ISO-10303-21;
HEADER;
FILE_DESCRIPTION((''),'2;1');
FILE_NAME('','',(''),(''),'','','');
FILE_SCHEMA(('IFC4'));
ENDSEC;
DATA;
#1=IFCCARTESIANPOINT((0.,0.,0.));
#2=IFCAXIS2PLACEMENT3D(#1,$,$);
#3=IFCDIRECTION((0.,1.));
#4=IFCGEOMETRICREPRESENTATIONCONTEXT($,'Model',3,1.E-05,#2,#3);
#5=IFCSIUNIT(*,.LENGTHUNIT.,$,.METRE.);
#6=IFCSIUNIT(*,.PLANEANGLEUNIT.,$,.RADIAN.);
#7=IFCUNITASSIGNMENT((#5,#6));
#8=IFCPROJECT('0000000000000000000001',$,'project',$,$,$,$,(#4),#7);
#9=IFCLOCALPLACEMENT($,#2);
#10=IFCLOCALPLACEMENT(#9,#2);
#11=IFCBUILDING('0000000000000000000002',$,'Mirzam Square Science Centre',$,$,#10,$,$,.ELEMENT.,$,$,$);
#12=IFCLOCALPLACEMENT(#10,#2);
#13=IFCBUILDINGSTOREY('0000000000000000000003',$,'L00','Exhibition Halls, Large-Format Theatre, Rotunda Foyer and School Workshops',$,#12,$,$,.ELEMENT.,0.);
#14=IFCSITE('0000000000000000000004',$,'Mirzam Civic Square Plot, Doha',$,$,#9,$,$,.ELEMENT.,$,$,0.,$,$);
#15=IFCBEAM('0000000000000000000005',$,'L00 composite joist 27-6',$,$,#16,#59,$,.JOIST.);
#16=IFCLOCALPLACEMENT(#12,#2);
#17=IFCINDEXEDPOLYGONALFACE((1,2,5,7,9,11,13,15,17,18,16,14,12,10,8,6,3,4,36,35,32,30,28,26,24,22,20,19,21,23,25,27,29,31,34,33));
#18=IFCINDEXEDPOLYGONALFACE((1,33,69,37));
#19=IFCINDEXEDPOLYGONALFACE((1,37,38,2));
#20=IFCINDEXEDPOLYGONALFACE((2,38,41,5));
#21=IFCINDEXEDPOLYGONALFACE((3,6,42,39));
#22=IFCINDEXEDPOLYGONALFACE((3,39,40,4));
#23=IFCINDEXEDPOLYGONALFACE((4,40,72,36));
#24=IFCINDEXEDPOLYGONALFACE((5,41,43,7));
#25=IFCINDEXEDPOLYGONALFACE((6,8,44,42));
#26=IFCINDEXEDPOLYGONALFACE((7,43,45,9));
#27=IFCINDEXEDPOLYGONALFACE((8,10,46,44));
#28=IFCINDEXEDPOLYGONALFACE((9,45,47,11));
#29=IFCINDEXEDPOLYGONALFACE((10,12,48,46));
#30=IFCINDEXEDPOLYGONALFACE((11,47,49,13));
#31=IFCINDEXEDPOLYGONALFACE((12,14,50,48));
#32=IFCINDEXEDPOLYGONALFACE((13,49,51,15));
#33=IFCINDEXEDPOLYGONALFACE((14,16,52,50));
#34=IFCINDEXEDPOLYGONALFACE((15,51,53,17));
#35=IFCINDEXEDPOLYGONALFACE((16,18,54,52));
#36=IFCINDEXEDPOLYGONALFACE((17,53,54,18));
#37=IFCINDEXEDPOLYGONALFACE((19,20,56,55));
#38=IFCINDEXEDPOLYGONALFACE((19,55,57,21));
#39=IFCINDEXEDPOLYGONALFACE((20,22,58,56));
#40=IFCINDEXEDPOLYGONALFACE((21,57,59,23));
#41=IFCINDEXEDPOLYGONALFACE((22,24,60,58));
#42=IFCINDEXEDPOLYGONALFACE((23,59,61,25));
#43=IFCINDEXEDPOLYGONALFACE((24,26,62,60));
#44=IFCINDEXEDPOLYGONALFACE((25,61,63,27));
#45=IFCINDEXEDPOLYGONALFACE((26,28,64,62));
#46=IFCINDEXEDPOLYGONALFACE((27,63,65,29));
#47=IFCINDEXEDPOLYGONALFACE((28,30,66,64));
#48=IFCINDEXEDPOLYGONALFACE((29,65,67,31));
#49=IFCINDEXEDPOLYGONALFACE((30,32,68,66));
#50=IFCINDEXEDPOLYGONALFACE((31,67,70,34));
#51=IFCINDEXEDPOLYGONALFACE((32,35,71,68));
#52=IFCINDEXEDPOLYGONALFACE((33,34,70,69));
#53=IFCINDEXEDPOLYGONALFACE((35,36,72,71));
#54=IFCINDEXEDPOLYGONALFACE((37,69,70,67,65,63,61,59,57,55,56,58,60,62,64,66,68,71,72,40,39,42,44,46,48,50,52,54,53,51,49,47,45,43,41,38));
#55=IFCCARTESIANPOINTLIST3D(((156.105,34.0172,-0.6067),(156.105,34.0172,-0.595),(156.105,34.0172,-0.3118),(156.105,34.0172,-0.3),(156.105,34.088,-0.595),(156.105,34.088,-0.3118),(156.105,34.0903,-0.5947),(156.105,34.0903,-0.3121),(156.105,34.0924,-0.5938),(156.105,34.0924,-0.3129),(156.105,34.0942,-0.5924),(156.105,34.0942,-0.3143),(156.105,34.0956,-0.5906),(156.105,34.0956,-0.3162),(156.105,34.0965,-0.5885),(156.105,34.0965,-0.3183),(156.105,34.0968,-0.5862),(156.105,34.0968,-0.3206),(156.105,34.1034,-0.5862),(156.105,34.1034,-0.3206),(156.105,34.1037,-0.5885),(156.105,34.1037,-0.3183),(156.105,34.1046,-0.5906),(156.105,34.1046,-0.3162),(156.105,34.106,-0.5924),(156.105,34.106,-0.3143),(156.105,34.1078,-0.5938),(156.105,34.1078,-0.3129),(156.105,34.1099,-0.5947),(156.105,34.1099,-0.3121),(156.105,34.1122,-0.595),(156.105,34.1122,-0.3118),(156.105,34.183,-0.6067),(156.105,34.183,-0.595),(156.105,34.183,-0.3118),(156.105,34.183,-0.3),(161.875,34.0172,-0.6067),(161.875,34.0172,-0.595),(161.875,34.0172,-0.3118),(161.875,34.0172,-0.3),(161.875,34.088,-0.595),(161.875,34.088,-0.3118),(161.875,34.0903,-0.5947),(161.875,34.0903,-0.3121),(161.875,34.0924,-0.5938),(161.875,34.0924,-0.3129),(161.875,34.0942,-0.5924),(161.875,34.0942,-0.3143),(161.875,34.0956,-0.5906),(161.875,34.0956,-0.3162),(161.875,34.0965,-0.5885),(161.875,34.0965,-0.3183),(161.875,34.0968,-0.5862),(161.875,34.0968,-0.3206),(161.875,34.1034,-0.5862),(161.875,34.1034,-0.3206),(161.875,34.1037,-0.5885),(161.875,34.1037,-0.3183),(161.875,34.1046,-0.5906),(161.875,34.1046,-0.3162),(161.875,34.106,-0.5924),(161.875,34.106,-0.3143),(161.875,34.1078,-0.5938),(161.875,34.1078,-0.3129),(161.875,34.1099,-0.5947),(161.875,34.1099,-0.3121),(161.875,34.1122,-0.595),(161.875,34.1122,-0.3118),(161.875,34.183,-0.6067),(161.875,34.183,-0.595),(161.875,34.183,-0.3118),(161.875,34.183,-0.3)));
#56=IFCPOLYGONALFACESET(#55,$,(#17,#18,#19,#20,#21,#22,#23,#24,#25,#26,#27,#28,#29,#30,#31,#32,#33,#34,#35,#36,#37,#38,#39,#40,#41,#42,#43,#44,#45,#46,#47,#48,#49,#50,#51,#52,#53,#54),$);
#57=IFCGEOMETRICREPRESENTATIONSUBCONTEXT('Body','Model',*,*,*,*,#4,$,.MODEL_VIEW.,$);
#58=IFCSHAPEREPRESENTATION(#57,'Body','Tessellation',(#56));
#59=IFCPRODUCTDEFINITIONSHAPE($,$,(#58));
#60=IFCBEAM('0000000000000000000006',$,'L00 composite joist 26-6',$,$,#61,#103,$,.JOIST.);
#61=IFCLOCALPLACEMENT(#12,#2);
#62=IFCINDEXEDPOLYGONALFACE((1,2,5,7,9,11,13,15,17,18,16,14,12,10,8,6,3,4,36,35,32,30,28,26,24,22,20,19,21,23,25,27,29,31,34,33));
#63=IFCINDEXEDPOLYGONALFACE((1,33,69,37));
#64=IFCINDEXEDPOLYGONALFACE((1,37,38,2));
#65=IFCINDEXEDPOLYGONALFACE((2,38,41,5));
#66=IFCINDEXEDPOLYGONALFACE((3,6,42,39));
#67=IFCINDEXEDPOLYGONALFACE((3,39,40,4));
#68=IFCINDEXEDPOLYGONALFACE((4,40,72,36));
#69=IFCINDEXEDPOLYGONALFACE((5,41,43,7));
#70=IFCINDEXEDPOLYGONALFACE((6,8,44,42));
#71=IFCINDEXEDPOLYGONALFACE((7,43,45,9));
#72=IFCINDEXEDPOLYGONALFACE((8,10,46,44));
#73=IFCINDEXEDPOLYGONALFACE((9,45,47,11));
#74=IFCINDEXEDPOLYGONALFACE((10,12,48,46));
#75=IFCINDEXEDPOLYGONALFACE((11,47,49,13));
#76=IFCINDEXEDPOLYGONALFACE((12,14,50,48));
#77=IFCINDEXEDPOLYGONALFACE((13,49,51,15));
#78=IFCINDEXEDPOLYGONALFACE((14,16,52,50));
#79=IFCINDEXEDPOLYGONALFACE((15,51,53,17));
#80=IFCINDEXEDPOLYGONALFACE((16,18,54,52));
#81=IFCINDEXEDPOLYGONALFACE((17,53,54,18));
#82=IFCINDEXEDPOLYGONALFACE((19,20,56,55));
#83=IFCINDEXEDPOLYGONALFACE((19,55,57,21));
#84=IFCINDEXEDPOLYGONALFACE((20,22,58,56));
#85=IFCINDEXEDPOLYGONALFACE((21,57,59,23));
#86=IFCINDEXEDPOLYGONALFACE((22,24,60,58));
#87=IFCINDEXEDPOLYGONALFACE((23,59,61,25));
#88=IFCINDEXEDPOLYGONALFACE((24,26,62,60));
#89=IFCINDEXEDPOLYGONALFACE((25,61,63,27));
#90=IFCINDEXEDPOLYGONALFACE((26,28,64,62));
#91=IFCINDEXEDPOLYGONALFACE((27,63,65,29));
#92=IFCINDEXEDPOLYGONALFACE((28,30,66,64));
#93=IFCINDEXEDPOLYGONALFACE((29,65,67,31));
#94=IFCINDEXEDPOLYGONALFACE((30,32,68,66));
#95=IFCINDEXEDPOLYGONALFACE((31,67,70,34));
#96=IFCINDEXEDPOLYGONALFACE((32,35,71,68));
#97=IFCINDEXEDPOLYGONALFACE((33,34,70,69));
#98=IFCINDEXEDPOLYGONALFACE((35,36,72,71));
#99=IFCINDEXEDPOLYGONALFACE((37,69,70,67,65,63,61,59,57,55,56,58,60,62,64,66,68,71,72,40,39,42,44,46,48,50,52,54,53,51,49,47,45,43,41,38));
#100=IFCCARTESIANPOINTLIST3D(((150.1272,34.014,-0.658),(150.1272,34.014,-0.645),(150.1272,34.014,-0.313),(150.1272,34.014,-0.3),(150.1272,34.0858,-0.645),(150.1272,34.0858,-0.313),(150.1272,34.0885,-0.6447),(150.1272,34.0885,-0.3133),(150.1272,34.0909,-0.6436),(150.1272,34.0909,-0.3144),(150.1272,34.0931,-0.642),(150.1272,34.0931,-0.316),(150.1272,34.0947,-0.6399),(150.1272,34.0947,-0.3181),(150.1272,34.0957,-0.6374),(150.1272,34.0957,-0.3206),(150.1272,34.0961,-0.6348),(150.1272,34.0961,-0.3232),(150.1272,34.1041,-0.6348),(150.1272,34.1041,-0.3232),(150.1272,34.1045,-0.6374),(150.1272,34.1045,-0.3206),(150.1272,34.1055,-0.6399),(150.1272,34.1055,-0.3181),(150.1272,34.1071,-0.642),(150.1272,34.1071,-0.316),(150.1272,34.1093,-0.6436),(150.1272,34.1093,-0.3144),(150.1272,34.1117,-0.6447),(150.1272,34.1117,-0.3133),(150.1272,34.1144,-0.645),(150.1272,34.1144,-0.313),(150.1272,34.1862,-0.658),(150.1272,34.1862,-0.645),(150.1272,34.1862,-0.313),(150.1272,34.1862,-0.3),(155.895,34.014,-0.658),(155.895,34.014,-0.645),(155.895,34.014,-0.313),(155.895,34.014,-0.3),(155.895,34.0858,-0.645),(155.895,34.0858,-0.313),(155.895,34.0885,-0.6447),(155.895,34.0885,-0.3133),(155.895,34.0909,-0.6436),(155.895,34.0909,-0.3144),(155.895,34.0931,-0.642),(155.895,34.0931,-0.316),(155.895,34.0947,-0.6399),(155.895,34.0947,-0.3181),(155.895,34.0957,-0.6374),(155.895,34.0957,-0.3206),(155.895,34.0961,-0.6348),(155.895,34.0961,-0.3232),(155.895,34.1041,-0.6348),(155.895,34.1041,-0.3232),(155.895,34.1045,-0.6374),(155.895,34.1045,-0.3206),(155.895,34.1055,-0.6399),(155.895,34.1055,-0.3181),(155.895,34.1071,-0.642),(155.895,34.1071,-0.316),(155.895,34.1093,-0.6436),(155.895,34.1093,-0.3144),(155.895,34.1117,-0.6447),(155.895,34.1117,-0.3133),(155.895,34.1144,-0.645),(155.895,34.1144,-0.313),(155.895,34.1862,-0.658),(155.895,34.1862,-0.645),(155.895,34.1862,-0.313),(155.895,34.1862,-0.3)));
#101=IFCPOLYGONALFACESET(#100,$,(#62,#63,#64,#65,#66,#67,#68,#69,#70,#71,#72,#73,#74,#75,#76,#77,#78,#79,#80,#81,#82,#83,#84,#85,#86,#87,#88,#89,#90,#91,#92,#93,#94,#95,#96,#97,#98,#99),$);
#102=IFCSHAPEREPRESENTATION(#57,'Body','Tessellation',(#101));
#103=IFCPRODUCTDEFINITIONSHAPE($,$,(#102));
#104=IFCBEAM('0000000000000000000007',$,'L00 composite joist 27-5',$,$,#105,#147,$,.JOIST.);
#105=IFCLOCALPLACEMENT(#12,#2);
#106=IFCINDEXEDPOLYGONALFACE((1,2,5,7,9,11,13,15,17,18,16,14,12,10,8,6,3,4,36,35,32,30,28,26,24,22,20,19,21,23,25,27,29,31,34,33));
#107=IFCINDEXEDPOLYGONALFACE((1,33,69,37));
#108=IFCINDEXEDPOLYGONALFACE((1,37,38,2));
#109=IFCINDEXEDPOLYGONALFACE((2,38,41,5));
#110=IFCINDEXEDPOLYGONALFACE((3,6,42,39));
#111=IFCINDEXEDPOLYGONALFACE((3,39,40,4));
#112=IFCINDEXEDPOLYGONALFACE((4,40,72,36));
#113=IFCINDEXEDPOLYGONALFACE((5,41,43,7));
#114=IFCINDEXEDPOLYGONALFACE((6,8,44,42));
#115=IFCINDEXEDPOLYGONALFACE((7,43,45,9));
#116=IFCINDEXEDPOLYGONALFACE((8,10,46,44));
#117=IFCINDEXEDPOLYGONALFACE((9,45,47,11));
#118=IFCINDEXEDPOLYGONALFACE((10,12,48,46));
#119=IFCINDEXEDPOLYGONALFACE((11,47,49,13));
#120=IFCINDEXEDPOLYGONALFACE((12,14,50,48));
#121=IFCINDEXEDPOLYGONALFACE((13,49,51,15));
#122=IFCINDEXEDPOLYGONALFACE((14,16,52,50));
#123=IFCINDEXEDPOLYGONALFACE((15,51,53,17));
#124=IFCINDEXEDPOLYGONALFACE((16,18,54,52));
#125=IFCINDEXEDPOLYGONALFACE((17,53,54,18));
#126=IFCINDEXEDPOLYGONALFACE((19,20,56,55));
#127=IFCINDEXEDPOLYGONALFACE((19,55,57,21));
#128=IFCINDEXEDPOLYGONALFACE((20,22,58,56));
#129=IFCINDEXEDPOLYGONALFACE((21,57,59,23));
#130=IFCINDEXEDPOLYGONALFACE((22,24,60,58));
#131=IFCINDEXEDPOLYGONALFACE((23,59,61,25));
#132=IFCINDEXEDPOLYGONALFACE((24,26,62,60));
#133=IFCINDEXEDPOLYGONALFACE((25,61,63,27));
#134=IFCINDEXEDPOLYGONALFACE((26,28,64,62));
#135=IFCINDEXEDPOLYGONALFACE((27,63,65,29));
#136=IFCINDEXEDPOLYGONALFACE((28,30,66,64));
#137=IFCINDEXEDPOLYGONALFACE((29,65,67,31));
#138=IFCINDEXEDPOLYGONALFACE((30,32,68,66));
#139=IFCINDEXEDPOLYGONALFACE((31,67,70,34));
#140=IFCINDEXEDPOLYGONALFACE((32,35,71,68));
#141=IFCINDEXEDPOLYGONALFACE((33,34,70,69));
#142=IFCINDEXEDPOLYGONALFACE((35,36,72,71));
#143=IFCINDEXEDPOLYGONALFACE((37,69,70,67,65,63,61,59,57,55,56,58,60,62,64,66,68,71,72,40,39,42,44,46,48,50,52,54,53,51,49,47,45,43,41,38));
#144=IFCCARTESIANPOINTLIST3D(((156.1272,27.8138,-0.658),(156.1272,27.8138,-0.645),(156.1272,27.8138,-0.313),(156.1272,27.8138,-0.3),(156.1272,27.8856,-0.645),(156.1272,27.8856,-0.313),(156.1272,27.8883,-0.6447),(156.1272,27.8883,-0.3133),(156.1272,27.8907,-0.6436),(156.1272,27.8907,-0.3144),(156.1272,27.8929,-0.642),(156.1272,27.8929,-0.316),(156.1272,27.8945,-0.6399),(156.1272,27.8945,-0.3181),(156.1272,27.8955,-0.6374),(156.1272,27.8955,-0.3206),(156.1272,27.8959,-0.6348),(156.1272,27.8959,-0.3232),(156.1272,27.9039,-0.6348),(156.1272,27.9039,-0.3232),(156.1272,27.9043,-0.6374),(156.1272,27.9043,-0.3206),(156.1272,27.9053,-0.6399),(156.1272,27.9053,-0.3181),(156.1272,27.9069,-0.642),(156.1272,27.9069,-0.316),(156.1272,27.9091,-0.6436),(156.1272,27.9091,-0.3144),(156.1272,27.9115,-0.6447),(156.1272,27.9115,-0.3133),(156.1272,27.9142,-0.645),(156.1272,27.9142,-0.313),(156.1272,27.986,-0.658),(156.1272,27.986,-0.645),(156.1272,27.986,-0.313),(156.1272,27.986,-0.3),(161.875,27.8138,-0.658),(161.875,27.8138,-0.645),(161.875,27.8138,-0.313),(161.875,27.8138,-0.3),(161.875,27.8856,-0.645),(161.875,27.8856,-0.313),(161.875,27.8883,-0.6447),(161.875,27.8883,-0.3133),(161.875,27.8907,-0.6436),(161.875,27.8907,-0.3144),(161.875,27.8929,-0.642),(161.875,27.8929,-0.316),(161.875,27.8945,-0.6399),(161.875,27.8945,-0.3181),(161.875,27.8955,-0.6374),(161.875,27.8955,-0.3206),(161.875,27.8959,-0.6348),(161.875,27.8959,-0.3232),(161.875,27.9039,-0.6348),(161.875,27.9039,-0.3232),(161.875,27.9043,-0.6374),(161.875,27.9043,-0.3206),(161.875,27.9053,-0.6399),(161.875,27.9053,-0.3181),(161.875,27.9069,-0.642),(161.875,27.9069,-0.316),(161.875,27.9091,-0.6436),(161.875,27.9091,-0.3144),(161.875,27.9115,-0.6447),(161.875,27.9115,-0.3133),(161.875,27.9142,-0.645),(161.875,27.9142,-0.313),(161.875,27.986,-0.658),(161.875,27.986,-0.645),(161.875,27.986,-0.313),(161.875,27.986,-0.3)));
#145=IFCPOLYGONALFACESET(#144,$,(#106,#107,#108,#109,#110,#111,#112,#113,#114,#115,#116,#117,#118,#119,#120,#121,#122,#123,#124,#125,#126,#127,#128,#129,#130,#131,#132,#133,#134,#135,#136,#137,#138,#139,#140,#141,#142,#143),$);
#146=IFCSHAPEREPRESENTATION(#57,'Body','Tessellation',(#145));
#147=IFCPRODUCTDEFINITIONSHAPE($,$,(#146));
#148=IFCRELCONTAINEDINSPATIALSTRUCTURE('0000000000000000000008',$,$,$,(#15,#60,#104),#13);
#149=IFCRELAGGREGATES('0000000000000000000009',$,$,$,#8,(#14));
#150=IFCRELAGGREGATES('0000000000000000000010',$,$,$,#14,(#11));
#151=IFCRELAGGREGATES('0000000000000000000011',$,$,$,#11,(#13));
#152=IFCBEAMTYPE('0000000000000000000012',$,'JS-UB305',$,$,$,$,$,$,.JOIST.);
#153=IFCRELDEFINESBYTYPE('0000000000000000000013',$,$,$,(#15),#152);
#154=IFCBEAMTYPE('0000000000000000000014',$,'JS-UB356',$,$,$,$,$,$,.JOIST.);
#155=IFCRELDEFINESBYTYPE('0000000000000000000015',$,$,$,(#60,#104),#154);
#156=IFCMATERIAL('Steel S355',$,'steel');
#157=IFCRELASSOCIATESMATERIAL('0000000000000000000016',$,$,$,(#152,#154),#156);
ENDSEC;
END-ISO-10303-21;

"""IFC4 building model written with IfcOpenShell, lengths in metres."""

from ifc_helpers import new_model, si_unit, direction, frame, origin, origin_2d, place, context, subcontext, project, spatial, i_section, extrude, material, material_profile, profile_set, type_object, element, save


model = new_model("IFC4")

# Units and contexts
model_context = context("Model", 3, precision=1e-05, world=origin(), true_north=direction((0.0, 1.0)))
body_context = subcontext(model_context, "Body", "Model", "MODEL_VIEW")
ifc_project = project(units=[si_unit("LENGTHUNIT", "METRE"), si_unit("PLANEANGLEUNIT", "RADIAN")], contexts=[model_context])

# Site, building, storey
site_placement = place(None, origin())
site = spatial("IfcSite", under=ifc_project, at=site_placement, Name="Mirzam Civic Square Plot, Doha", CompositionType="ELEMENT", RefElevation=0.0)
building_placement = place(site_placement, origin())
building = spatial("IfcBuilding", under=site, at=building_placement, Name="Mirzam Square Science Centre", CompositionType="ELEMENT")
storey_placement = place(building_placement, origin())
storey = spatial("IfcBuildingStorey", under=building, at=storey_placement, Name="L00", Description="Exhibition Halls, Large-Format Theatre, Rotunda Foyer and School Workshops", CompositionType="ELEMENT", Elevation=0.0)

# Shared definitions
ifc_material_1 = material(Name="Steel S355", Category="steel")

# Beams
ifc_material_profile_1 = material_profile(ifc_material_1, i_section(OverallWidth=0.1658, OverallDepth=0.3066, WebThickness=0.0066, FlangeThickness=0.0117, FilletRadius=0.0088, at=origin_2d()), Name="305x165x46UB")
ifc_profile_set_1 = profile_set([ifc_material_profile_1], Name="Steel S355")
beam_type_1 = type_object("IfcBeamType", Name="JS-UB305", PredefinedType="JOIST", material=ifc_profile_set_1)
beam_1_placement = place(storey_placement, frame((156.105, 34.1001, -0.4534), z_axis=(1.0, 0.0, 0.0), x_axis=(0.0, 1.0, 0.0)))
element("IfcBeam", 1, at=beam_1_placement, inside=storey, type_object=beam_type_1, Name="L00 composite joist 27-6", PredefinedType="JOIST", context=body_context, shape_type="SweptSolid", body=[
    extrude(i_section(OverallWidth=0.1658, OverallDepth=0.3066, WebThickness=0.0066, FlangeThickness=0.0117, FilletRadius=0.0088, at=origin_2d()), origin(), (0.0, 0.0, 1.0), 5.77),
])
ifc_material_profile_2 = material_profile(ifc_material_1, i_section(OverallWidth=0.1721, OverallDepth=0.3579, WebThickness=0.0081, FlangeThickness=0.0129, FilletRadius=0.0103, at=origin_2d()), Name="356x171x57UB")
ifc_profile_set_2 = profile_set([ifc_material_profile_2], Name="Steel S355")
beam_type_2 = type_object("IfcBeamType", Name="JS-UB356", PredefinedType="JOIST", material=ifc_profile_set_2)
beam_2_placement = place(storey_placement, frame((150.1272, 34.1001, -0.479), z_axis=(1.0, 0.0, 0.0), x_axis=(0.0, 1.0, 0.0)))
element("IfcBeam", 2, at=beam_2_placement, inside=storey, type_object=beam_type_2, Name="L00 composite joist 26-6", PredefinedType="JOIST", context=body_context, shape_type="SweptSolid", body=[
    extrude(i_section(OverallWidth=0.1721, OverallDepth=0.3579, WebThickness=0.0081, FlangeThickness=0.0129, FilletRadius=0.0103, at=origin_2d()), origin(), (0.0, 0.0, 1.0), 5.7678),
])
beam_3_placement = place(storey_placement, frame((156.1272, 27.8999, -0.479), z_axis=(1.0, 0.0, 0.0), x_axis=(0.0, 1.0, 0.0)))
element("IfcBeam", 3, at=beam_3_placement, inside=storey, type_object=beam_type_2, Name="L00 composite joist 27-5", PredefinedType="JOIST", context=body_context, shape_type="SweptSolid", body=[
    extrude(i_section(OverallWidth=0.1721, OverallDepth=0.3579, WebThickness=0.0081, FlangeThickness=0.0129, FilletRadius=0.0103, at=origin_2d()), origin(), (0.0, 0.0, 1.0), 5.7478),
])

save(model, "model.ifc")
